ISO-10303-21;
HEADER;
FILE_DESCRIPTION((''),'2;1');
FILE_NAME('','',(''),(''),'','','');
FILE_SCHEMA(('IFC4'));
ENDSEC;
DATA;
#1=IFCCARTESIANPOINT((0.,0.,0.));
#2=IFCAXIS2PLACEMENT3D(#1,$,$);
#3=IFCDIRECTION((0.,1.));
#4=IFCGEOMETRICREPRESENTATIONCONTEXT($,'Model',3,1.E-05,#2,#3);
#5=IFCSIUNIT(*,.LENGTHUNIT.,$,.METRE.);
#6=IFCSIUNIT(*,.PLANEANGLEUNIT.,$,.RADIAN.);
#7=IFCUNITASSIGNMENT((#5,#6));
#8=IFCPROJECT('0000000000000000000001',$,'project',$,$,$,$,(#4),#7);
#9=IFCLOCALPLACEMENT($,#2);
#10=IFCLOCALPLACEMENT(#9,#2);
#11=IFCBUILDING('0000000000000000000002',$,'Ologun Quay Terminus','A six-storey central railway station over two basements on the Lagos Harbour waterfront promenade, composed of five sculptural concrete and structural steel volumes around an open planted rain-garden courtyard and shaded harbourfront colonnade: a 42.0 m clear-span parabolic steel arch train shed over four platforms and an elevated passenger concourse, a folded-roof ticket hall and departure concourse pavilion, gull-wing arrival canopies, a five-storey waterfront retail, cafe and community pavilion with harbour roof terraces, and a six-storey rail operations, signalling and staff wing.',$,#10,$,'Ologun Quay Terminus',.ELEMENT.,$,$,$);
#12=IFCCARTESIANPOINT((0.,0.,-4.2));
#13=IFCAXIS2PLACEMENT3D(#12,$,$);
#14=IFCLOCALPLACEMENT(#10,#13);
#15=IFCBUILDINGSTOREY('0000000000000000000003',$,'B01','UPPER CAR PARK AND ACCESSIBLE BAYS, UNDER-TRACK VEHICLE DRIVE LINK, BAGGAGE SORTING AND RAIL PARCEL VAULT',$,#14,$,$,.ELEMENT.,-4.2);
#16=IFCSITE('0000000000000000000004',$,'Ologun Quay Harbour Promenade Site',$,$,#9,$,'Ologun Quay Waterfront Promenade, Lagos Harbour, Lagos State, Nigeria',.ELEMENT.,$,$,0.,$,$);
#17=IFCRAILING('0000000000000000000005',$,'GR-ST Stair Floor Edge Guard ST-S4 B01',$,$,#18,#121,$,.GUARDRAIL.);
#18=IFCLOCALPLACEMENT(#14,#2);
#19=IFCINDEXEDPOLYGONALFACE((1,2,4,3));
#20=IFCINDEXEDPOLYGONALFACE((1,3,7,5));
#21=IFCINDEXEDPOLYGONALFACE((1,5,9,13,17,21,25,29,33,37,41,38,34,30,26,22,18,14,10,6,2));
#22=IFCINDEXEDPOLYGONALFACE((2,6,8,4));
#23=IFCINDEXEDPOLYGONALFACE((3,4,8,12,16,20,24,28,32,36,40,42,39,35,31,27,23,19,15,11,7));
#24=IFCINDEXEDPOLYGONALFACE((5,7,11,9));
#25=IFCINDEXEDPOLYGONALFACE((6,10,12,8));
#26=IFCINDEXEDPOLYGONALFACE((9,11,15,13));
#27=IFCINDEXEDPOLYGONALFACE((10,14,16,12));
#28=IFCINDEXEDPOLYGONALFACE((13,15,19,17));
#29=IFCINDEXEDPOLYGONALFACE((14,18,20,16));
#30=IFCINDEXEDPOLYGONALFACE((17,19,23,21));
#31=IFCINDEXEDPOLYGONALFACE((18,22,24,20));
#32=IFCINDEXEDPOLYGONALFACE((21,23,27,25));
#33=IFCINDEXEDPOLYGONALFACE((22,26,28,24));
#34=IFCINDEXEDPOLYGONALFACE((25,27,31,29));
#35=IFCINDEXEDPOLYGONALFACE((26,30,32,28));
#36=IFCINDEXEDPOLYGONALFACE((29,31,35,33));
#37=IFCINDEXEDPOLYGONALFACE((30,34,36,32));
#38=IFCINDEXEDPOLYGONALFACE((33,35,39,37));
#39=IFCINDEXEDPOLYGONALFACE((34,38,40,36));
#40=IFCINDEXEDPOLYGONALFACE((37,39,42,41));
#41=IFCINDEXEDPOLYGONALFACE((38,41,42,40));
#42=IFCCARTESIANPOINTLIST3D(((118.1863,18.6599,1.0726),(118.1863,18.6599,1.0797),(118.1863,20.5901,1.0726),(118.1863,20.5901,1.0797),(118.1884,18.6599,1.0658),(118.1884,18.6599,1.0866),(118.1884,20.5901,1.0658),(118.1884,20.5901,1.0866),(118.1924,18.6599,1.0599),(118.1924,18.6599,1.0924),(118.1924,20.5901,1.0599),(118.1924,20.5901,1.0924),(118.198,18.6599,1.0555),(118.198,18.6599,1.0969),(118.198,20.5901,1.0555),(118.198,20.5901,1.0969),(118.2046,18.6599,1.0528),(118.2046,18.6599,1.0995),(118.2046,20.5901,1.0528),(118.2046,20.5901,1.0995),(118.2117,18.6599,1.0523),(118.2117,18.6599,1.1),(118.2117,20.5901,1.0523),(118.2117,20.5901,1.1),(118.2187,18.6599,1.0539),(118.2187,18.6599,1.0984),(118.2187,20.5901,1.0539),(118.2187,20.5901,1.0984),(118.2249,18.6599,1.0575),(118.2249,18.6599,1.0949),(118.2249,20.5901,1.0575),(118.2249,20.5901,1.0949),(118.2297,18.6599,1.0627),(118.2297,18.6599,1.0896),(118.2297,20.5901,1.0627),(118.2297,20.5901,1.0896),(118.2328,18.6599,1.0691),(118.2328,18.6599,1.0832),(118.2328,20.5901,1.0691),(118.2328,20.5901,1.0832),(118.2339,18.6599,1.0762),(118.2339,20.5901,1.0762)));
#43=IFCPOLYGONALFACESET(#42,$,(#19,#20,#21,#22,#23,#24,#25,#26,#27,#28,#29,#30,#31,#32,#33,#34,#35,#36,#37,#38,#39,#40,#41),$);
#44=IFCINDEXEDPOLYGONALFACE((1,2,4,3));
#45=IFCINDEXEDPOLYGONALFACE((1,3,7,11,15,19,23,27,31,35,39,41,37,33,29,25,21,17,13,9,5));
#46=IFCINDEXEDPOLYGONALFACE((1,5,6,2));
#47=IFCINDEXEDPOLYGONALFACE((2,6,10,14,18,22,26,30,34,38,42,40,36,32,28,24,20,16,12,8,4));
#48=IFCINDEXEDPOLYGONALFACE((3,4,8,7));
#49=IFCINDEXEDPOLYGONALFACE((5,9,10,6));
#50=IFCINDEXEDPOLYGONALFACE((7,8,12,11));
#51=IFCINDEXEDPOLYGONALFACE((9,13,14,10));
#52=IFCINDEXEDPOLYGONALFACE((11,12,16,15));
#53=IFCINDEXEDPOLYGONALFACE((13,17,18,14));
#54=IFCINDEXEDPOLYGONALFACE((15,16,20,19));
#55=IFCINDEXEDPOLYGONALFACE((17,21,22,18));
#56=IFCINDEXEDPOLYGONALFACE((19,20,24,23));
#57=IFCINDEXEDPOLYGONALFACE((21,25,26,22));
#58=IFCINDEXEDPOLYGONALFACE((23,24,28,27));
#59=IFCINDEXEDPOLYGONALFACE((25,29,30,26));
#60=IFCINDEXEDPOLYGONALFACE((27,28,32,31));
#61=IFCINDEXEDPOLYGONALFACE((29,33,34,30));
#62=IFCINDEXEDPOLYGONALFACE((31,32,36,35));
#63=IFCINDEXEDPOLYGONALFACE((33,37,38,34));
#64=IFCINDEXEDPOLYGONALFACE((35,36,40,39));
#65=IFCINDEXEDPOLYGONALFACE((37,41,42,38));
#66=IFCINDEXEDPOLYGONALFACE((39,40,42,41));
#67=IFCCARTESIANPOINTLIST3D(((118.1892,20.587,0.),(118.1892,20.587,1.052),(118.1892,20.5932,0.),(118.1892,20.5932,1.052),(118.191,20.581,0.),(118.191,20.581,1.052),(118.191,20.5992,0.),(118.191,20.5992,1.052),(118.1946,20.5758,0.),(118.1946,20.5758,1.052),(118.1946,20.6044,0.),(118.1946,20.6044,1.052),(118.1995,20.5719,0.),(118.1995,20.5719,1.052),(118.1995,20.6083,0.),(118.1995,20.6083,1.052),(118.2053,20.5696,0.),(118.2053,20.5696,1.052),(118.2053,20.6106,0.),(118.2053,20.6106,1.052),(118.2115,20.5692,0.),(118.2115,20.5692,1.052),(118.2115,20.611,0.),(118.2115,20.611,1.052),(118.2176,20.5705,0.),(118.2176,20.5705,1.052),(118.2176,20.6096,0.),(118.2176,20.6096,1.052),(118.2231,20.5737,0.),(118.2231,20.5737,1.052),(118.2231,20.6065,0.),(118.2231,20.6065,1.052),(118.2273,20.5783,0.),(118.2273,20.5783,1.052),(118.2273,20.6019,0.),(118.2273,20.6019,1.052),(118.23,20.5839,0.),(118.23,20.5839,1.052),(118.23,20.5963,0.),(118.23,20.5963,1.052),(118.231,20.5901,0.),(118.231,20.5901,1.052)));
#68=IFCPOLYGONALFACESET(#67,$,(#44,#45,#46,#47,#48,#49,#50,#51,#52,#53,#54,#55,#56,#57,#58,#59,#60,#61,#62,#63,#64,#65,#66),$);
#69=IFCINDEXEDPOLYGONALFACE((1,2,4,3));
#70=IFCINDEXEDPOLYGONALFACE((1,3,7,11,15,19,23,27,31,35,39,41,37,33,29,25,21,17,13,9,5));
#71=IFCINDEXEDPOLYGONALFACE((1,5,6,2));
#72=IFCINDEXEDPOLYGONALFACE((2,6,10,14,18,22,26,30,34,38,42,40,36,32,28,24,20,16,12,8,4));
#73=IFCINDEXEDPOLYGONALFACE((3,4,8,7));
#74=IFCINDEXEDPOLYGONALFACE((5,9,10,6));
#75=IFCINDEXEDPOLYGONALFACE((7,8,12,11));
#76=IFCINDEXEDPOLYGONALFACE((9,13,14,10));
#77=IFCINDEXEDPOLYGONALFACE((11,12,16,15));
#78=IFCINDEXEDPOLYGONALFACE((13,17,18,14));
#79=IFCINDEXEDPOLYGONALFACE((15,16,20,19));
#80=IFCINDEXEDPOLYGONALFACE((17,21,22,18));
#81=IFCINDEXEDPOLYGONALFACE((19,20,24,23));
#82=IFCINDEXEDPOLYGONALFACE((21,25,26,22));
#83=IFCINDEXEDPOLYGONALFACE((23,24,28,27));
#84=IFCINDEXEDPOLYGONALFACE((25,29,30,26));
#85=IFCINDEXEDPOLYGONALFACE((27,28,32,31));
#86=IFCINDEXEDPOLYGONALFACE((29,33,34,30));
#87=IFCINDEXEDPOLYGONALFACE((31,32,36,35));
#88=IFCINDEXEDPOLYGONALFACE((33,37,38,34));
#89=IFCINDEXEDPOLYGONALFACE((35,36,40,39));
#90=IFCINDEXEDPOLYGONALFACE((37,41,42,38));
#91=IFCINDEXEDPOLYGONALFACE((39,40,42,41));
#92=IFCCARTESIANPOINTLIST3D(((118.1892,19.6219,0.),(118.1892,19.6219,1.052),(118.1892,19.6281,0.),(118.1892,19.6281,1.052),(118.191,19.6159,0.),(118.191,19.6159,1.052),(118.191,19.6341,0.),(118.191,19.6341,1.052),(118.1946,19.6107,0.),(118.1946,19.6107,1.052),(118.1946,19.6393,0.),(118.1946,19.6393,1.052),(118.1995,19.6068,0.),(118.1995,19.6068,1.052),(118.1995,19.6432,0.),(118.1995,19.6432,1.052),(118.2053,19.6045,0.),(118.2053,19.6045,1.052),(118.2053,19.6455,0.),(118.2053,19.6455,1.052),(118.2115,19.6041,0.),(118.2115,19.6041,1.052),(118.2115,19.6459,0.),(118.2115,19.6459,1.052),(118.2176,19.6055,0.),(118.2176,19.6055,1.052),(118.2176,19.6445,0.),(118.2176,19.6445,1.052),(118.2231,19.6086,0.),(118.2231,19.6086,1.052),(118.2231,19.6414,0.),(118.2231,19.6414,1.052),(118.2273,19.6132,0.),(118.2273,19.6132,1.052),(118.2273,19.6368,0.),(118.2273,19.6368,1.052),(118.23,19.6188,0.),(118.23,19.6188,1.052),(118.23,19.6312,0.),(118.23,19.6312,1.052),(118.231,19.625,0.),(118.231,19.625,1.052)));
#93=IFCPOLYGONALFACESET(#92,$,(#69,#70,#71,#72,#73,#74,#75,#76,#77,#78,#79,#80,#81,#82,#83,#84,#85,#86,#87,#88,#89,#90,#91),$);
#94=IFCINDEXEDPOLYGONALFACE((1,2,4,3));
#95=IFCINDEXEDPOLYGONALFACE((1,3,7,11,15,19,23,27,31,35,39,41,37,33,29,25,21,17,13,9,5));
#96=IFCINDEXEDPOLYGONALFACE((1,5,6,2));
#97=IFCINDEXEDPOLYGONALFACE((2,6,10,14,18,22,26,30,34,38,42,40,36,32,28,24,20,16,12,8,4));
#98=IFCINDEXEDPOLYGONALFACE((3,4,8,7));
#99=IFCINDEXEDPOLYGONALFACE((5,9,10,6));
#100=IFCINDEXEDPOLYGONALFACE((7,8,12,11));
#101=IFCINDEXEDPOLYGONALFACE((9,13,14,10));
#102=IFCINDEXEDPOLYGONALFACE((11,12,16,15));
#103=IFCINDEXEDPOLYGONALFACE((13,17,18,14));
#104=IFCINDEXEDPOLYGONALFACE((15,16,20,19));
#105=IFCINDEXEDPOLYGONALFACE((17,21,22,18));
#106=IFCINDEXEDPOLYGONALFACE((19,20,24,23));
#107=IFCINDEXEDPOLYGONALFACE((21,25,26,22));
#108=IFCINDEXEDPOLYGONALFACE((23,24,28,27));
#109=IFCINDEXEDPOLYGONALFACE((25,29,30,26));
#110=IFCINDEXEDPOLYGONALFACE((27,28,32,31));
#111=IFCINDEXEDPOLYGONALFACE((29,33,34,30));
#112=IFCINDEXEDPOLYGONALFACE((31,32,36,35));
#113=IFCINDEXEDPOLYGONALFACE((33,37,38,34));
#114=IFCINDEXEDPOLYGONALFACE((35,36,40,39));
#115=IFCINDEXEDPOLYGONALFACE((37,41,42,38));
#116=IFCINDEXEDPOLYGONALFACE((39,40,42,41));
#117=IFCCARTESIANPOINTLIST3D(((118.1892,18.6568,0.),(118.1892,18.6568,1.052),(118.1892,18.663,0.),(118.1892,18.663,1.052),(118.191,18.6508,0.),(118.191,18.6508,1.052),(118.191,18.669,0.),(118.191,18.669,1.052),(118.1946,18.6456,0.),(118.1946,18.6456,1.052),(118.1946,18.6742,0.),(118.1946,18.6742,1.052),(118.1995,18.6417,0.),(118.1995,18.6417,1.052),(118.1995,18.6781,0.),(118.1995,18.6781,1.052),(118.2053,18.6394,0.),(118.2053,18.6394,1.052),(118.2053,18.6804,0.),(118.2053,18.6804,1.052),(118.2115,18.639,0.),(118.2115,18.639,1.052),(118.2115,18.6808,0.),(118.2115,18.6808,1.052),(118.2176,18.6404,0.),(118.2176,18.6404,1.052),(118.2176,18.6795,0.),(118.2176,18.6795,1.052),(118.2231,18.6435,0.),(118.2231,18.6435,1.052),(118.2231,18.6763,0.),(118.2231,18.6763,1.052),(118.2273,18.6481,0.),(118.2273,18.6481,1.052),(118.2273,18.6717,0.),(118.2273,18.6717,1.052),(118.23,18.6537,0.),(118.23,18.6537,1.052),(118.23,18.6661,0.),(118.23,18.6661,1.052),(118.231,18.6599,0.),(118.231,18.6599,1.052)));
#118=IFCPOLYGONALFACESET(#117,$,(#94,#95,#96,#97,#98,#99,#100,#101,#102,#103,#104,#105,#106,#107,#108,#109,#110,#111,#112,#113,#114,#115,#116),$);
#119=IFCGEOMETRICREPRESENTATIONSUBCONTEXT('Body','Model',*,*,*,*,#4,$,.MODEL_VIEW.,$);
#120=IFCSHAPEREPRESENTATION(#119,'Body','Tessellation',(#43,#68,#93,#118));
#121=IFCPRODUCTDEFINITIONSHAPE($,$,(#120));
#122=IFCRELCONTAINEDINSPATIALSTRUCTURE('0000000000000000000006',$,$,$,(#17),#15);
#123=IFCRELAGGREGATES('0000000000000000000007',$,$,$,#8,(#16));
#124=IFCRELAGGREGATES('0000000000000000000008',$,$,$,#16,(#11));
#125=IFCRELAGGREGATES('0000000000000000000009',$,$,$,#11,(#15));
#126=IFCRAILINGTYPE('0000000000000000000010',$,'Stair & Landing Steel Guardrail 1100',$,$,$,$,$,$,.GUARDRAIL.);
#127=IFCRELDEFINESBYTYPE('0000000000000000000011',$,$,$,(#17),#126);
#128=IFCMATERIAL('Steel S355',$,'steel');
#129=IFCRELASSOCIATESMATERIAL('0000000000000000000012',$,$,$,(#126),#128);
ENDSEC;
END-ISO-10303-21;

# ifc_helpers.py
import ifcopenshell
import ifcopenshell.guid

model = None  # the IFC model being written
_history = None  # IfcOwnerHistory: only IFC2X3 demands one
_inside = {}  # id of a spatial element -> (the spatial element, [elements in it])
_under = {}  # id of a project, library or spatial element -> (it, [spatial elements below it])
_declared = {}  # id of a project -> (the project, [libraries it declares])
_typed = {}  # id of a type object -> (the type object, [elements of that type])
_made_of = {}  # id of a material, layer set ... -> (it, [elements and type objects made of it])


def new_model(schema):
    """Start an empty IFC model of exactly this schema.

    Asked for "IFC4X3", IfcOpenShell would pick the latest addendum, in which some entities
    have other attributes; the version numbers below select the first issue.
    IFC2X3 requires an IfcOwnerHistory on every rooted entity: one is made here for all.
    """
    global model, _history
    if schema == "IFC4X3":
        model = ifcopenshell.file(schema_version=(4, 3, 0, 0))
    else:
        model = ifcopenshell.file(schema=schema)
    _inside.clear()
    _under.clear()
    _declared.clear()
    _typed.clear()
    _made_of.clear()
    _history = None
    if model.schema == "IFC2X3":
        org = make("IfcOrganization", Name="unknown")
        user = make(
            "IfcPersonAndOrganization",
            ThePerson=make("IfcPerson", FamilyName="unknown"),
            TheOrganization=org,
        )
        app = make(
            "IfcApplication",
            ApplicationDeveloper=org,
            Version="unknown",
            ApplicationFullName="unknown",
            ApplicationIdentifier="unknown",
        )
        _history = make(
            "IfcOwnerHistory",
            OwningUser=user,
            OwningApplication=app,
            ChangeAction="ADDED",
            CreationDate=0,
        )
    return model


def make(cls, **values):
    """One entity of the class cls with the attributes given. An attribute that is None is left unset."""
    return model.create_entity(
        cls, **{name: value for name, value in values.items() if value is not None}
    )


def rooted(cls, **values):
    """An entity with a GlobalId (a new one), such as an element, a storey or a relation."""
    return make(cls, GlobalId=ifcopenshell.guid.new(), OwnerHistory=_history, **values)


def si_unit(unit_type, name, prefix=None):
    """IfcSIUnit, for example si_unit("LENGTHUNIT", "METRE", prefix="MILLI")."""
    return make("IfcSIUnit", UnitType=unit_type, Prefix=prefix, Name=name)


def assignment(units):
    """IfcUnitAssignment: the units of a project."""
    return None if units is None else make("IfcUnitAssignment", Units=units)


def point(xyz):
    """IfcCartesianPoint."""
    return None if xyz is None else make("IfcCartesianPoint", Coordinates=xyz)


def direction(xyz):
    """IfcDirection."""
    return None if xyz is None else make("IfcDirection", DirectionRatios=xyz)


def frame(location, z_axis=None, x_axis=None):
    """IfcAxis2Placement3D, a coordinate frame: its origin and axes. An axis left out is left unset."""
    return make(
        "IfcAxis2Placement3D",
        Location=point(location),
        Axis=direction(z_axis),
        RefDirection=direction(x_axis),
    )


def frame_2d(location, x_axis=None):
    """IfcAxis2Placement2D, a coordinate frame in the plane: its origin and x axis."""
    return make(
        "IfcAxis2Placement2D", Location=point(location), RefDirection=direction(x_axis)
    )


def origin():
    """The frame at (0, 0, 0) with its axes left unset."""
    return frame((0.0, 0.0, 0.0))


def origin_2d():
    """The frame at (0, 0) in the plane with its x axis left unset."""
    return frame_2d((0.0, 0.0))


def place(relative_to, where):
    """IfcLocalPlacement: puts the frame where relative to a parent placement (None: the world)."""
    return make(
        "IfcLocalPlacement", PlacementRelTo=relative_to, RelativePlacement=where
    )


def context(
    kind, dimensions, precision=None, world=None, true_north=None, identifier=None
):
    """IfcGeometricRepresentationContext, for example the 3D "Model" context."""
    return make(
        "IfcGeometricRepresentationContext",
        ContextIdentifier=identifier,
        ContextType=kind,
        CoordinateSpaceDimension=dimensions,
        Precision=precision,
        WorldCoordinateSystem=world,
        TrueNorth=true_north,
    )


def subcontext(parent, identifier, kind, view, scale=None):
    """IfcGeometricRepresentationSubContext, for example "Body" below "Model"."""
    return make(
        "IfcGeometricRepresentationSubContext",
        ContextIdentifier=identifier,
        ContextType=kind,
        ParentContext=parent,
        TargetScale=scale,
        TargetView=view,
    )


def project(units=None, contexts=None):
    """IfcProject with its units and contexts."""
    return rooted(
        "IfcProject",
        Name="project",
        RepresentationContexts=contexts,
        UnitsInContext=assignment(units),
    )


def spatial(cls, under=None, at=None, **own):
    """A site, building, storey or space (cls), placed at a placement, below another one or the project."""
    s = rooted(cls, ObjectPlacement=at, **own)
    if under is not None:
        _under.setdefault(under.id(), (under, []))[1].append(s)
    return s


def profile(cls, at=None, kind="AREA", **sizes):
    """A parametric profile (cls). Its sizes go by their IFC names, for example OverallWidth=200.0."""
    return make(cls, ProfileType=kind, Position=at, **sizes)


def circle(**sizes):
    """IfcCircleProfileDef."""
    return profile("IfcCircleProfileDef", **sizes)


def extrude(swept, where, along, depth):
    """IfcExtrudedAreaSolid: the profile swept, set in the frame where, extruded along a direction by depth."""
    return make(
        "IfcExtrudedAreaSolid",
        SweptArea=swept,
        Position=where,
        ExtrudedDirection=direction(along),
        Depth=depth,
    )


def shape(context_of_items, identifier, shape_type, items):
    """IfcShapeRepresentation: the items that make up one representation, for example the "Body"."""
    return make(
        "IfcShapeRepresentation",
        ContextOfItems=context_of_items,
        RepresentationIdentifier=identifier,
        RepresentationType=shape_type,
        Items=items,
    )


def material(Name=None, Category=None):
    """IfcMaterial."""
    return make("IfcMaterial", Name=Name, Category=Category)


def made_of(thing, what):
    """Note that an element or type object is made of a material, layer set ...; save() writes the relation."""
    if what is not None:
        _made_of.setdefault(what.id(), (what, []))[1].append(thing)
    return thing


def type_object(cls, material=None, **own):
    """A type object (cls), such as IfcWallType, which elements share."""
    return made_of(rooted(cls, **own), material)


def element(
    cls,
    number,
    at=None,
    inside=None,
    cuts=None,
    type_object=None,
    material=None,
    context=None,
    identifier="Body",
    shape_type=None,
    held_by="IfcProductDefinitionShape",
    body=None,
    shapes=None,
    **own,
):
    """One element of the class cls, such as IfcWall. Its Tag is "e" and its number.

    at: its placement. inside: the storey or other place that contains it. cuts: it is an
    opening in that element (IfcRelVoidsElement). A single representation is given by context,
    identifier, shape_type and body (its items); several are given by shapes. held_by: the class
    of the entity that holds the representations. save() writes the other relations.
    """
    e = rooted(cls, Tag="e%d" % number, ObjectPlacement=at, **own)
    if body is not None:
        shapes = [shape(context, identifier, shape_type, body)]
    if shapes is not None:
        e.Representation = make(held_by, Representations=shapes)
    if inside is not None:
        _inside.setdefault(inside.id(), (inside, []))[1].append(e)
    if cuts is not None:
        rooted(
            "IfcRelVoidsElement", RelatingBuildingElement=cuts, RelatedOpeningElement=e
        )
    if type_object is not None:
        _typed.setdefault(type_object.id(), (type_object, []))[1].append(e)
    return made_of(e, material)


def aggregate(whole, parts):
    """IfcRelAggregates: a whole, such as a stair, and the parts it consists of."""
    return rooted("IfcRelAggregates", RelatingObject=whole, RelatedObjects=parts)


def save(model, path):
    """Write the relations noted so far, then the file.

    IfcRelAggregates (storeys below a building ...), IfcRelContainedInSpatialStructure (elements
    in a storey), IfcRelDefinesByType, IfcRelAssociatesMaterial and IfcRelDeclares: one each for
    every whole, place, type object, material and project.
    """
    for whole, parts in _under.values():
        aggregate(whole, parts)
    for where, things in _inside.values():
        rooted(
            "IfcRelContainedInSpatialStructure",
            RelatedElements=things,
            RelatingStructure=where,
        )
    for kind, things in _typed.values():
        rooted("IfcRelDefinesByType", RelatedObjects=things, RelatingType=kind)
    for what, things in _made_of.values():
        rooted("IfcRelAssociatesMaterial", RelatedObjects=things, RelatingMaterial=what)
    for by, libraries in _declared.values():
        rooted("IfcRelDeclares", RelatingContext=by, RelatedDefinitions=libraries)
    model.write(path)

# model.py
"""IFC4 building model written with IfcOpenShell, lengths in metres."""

from ifc_helpers import new_model, si_unit, direction, frame, origin, origin_2d, place, context, subcontext, project, spatial, circle, extrude, material, type_object, element, save


model = new_model("IFC4")

# Units and contexts
model_context = context("Model", 3, precision=1e-05, world=origin(), true_north=direction((0.0, 1.0)))
body_context = subcontext(model_context, "Body", "Model", "MODEL_VIEW")
ifc_project = project(units=[si_unit("LENGTHUNIT", "METRE"), si_unit("PLANEANGLEUNIT", "RADIAN")], contexts=[model_context])

# Site, building, storey
site_placement = place(None, origin())
site = spatial("IfcSite", under=ifc_project, at=site_placement, Name="Ologun Quay Harbour Promenade Site", LongName="Ologun Quay Waterfront Promenade, Lagos Harbour, Lagos State, Nigeria", CompositionType="ELEMENT", RefElevation=0.0)
building_placement = place(site_placement, origin())
building = spatial("IfcBuilding", under=site, at=building_placement, Name="Ologun Quay Terminus", Description="A six-storey central railway station over two basements on the Lagos Harbour waterfront promenade, composed of five sculptural concrete and structural steel volumes around an open planted rain-garden courtyard and shaded harbourfront colonnade: a 42.0 m clear-span parabolic steel arch train shed over four platforms and an elevated passenger concourse, a folded-roof ticket hall and departure concourse pavilion, gull-wing arrival canopies, a five-storey waterfront retail, cafe and community pavilion with harbour roof terraces, and a six-storey rail operations, signalling and staff wing.", LongName="Ologun Quay Terminus", CompositionType="ELEMENT")
storey_placement = place(building_placement, frame((0.0, 0.0, -4.2)))
storey = spatial("IfcBuildingStorey", under=building, at=storey_placement, Name="B01", Description="UPPER CAR PARK AND ACCESSIBLE BAYS, UNDER-TRACK VEHICLE DRIVE LINK, BAGGAGE SORTING AND RAIL PARCEL VAULT", CompositionType="ELEMENT", Elevation=-4.2)

# Railing
ifc_material_1 = material(Name="Steel S355", Category="steel")
railing_type_1 = type_object("IfcRailingType", Name="Stair & Landing Steel Guardrail 1100", PredefinedType="GUARDRAIL", material=ifc_material_1)
railing_1_placement = place(storey_placement, frame((118.21, 20.5901, 0.0)))
element("IfcRailing", 1, at=railing_1_placement, inside=storey, type_object=railing_type_1, Name="GR-ST Stair Floor Edge Guard ST-S4 B01", PredefinedType="GUARDRAIL", context=body_context, shape_type="SweptSolid", body=[
    extrude(circle(Radius=0.0239, at=origin_2d()), frame((0.0, 0.0, 1.0762), z_axis=(0.0, -1.0, 0.0), x_axis=(1.0, 0.0, 0.0)), (0.0, 0.0, 1.0), 1.9302),
    extrude(circle(Radius=0.021, at=origin_2d()), origin(), (0.0, 0.0, 1.0), 1.052),
    extrude(circle(Radius=0.021, at=origin_2d()), frame((0.0, -0.9651, 0.0)), (0.0, 0.0, 1.0), 1.052),
    extrude(circle(Radius=0.021, at=origin_2d()), frame((0.0, -1.9302, 0.0)), (0.0, 0.0, 1.0), 1.052),
])

save(model, "model.ifc")
